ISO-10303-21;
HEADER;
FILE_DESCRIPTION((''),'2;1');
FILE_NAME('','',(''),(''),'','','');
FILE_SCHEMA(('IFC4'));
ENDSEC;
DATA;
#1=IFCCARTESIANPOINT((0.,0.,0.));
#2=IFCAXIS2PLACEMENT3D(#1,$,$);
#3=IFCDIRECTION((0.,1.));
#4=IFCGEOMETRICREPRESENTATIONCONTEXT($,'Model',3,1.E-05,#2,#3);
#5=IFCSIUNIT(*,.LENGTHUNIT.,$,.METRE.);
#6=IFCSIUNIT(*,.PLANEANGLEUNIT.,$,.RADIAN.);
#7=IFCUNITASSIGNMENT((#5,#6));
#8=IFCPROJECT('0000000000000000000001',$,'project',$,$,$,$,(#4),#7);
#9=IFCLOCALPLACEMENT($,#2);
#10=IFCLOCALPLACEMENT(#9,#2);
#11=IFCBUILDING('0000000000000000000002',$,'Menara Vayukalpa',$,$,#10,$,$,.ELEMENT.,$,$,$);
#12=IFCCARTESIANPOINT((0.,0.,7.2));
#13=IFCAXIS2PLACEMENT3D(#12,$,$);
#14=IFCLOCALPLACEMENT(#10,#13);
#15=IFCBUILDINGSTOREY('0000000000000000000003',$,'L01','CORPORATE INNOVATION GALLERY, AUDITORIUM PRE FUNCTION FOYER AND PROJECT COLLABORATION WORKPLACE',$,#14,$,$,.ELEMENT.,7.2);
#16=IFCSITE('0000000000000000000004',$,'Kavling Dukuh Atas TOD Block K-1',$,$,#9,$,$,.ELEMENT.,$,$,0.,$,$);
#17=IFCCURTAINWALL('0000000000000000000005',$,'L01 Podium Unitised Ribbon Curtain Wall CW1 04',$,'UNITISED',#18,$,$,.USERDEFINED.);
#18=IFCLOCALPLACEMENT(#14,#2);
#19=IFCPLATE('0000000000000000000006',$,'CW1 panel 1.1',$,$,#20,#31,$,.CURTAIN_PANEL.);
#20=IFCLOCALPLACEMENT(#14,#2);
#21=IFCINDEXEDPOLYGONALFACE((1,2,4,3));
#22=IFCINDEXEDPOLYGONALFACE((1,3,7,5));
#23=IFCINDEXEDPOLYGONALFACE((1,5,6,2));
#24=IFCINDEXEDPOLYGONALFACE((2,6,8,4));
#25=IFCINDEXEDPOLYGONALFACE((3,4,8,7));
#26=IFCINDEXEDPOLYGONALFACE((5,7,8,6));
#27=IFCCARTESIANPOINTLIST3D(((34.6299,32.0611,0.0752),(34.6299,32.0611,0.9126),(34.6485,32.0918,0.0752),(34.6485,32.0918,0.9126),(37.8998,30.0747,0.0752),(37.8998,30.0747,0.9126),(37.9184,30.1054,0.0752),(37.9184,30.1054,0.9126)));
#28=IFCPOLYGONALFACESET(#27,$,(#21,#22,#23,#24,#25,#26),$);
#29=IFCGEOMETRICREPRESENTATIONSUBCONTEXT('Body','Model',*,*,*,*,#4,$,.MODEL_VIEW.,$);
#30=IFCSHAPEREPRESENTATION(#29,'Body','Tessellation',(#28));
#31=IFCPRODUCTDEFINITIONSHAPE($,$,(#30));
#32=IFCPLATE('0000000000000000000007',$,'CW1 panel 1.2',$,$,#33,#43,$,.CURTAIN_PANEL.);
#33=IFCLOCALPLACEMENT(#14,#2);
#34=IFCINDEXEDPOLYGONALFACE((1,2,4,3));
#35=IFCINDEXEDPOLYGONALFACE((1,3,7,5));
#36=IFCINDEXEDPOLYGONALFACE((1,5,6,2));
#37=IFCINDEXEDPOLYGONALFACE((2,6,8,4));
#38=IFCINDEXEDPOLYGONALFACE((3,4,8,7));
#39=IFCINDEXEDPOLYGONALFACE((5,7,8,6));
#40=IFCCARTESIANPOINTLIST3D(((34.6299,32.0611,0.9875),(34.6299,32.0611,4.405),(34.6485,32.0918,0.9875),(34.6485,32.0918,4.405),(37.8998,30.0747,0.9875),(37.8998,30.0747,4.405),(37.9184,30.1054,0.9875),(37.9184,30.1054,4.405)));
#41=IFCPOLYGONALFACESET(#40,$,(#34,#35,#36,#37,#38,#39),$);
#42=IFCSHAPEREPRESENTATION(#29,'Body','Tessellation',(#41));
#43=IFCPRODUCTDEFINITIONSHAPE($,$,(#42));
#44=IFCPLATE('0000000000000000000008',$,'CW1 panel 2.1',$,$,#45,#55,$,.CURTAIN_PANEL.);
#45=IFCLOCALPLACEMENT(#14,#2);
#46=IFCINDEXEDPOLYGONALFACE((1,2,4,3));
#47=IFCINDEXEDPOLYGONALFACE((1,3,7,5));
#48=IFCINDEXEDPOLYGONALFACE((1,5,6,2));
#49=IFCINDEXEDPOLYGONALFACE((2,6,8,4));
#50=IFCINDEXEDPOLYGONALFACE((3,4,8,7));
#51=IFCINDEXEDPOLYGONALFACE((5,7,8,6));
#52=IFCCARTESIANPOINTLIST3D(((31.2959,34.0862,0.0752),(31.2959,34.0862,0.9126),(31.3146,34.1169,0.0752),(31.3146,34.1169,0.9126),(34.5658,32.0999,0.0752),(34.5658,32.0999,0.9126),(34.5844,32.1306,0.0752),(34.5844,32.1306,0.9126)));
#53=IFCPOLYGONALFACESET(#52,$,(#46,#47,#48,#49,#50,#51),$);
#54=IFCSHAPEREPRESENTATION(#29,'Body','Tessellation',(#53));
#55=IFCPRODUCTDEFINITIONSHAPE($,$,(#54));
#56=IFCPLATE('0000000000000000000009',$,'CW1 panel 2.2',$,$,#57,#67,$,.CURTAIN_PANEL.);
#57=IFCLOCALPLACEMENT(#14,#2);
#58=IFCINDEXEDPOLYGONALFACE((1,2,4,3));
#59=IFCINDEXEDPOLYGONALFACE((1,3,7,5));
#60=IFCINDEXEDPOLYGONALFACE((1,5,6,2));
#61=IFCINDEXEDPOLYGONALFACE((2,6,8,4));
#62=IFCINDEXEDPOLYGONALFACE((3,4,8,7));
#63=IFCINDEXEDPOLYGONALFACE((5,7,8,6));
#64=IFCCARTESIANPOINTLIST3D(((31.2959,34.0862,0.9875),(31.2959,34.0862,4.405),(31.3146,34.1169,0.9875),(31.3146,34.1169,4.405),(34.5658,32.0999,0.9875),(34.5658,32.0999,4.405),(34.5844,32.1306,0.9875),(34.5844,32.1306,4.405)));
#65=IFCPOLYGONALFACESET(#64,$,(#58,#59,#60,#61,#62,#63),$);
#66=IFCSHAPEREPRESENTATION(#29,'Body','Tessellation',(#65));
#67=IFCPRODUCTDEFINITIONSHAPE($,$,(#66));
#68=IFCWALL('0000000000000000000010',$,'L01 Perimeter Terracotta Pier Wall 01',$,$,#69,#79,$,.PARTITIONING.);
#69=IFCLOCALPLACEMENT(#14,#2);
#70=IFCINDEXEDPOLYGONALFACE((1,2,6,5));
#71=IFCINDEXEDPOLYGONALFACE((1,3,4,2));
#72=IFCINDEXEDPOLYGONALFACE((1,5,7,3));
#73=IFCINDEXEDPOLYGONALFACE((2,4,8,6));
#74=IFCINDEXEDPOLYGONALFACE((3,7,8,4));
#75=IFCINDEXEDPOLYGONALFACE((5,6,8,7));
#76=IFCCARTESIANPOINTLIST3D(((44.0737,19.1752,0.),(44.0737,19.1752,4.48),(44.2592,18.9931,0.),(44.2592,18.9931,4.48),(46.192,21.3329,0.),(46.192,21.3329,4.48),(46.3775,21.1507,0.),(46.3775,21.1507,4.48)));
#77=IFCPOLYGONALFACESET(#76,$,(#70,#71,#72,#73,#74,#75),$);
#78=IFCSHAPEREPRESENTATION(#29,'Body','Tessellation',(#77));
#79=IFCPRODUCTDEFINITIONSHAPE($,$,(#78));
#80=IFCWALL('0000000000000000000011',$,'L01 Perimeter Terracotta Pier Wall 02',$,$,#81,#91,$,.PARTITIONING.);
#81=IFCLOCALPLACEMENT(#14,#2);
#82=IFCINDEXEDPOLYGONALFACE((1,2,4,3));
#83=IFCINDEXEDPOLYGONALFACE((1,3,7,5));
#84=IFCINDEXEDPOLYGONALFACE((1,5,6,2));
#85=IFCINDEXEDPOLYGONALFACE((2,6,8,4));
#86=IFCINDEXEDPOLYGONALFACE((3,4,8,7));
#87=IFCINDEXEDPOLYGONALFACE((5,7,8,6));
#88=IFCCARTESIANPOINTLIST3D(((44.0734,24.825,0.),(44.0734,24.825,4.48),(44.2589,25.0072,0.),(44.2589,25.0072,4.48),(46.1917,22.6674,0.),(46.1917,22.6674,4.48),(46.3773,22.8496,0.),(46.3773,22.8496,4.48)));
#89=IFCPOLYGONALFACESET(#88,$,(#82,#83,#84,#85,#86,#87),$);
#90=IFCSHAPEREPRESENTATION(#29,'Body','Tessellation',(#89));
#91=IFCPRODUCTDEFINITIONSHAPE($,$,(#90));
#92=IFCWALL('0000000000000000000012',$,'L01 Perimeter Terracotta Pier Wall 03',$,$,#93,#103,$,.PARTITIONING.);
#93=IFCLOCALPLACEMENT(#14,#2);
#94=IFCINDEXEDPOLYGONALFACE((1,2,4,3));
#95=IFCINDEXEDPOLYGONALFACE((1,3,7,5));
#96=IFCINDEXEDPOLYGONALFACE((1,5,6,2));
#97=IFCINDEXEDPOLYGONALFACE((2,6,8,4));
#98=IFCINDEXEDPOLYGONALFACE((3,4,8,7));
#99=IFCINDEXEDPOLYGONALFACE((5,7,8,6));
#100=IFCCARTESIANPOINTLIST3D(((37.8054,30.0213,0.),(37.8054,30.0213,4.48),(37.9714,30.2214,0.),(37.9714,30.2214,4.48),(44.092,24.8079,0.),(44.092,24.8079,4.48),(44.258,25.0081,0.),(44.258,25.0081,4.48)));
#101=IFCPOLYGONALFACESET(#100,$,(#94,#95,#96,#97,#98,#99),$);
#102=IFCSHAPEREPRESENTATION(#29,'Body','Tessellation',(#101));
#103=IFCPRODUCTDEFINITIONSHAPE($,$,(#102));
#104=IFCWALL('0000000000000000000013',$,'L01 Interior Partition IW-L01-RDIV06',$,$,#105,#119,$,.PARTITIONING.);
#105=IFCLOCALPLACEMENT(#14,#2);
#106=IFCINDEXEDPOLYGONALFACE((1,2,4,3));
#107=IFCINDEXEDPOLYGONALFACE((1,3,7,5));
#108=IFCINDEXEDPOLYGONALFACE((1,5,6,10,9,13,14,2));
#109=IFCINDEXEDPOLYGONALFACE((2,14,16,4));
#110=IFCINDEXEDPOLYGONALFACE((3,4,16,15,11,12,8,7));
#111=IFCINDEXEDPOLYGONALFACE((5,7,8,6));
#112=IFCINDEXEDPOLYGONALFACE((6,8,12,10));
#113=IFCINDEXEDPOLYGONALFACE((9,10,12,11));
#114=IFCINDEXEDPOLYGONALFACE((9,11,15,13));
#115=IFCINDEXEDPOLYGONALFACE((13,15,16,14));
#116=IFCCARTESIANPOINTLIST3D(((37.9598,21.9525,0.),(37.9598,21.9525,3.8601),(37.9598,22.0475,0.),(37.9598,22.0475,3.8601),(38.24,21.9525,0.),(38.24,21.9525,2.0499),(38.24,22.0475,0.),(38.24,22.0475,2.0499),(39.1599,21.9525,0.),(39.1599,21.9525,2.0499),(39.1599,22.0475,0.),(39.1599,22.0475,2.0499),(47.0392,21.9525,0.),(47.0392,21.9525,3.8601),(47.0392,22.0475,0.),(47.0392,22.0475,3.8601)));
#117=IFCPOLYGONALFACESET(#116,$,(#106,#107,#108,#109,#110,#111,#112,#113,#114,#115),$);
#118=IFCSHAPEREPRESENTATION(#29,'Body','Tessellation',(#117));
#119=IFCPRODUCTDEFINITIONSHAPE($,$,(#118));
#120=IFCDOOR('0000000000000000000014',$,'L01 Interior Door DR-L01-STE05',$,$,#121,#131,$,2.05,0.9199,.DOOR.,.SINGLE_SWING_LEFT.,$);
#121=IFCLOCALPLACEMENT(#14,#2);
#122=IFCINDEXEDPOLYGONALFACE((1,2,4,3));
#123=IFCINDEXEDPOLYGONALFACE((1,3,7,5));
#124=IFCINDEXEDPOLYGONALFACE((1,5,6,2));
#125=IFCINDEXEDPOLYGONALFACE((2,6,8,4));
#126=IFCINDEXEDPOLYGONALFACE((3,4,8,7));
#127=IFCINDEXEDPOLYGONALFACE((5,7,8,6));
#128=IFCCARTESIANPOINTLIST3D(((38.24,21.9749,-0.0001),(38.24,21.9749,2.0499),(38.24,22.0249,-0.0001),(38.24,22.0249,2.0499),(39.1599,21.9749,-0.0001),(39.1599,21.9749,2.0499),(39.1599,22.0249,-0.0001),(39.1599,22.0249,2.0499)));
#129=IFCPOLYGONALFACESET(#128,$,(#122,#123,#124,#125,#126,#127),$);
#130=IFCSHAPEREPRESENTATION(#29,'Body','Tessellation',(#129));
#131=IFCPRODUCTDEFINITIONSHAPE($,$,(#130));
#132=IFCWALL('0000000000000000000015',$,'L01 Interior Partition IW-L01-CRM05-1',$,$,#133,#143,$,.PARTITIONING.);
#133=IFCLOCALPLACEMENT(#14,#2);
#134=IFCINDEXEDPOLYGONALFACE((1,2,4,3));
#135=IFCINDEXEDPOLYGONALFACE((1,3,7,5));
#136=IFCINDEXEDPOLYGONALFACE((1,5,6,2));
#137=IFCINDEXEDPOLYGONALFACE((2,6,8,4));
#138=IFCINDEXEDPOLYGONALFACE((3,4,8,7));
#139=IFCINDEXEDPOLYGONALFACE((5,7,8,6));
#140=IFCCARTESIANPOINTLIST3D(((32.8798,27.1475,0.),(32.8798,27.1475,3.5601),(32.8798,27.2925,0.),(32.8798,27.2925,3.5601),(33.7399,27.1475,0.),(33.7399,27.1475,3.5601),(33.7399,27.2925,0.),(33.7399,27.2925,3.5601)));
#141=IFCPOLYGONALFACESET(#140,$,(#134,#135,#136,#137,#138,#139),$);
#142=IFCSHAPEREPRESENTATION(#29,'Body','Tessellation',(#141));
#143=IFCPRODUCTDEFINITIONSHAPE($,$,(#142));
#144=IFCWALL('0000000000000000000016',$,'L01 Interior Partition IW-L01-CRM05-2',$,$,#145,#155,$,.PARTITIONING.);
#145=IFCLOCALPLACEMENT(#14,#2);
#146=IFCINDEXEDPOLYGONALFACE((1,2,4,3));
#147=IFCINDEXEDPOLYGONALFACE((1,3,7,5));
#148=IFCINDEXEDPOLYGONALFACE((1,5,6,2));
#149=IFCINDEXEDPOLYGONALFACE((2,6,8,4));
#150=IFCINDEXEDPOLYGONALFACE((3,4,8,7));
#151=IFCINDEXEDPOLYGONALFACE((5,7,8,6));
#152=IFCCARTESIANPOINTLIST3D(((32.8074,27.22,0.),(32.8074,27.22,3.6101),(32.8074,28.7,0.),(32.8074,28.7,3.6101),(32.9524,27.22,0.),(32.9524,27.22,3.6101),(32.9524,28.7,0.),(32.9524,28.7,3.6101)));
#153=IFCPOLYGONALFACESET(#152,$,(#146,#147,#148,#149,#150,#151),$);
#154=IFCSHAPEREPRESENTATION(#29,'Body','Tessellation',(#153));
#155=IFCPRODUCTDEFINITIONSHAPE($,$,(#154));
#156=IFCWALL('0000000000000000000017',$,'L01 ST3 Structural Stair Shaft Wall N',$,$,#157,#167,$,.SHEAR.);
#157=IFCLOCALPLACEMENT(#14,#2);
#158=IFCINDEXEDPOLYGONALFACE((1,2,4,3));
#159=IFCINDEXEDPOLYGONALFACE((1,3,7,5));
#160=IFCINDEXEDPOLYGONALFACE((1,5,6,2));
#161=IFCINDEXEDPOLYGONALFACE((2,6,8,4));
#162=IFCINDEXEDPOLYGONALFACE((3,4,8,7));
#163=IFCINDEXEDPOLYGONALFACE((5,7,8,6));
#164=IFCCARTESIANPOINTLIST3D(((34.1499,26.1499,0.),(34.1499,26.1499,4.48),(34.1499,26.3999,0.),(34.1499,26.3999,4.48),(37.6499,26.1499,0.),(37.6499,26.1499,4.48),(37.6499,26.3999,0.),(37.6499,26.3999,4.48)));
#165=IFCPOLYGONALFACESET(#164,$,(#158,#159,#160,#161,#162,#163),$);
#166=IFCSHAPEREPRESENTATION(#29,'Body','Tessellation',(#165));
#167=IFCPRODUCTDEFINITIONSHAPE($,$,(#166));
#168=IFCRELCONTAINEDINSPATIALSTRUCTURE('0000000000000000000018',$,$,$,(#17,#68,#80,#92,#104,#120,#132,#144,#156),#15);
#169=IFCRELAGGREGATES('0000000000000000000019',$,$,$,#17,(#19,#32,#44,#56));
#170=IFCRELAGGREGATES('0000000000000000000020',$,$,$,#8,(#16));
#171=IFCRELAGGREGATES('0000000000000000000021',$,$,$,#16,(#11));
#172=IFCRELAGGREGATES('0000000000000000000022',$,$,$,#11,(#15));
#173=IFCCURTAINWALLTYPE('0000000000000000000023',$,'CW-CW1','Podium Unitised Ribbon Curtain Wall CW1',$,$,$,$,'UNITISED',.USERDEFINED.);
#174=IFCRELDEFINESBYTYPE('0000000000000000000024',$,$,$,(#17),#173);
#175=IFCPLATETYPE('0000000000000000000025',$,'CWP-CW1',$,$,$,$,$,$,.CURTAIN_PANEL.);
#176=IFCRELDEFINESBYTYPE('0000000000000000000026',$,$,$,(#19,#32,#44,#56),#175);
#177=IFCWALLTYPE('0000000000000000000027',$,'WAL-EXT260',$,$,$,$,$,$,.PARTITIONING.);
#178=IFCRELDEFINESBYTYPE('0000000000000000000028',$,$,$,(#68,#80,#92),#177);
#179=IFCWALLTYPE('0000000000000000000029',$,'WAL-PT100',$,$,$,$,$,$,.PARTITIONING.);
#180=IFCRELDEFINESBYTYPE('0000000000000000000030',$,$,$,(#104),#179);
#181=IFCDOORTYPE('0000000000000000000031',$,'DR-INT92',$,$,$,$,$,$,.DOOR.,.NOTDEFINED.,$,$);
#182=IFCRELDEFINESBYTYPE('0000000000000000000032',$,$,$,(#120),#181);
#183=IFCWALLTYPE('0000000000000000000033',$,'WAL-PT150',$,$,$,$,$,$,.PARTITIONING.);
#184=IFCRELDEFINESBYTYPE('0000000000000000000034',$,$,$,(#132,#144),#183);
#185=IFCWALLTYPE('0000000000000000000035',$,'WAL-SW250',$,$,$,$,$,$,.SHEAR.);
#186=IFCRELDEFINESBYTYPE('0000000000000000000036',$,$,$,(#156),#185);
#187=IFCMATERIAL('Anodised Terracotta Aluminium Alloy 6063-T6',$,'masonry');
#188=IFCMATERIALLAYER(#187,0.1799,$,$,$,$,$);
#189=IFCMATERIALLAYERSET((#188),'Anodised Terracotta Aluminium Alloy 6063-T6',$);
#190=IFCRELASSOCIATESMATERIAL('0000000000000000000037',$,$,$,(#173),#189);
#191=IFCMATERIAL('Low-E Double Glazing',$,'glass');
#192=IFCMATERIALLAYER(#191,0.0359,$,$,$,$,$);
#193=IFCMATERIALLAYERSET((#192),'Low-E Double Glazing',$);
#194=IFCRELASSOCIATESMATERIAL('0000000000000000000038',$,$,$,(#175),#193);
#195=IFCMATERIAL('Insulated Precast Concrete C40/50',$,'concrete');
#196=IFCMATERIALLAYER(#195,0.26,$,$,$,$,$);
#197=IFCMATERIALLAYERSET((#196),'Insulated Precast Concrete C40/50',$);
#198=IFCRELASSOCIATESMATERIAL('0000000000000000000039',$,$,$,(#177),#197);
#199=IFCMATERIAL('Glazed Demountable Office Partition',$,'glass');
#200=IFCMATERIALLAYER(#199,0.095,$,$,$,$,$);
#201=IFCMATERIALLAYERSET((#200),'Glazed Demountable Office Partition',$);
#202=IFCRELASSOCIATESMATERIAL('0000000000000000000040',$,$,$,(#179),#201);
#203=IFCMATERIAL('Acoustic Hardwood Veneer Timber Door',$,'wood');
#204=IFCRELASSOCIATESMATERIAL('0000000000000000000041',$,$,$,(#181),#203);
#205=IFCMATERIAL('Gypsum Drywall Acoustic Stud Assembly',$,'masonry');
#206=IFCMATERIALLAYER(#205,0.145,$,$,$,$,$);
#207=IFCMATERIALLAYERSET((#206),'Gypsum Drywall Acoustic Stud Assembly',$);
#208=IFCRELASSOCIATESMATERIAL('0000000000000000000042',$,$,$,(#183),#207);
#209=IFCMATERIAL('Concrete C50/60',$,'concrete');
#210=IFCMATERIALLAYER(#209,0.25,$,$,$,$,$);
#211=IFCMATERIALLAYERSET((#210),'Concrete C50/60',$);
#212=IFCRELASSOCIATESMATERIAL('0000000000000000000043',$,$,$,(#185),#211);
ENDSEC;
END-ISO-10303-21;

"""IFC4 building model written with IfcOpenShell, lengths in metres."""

from ifc_helpers import new_model, si_unit, direction, frame, frame_2d, origin, origin_2d, place, context, subcontext, project, spatial, rectangle, extrude, material, layer, layer_set, type_object, element, fill, aggregate, save


model = new_model("IFC4")

# Units and contexts
model_context = context("Model", 3, precision=1e-05, world=origin(), true_north=direction((0.0, 1.0)))
body_context = subcontext(model_context, "Body", "Model", "MODEL_VIEW")
ifc_project = project(units=[si_unit("LENGTHUNIT", "METRE"), si_unit("PLANEANGLEUNIT", "RADIAN")], contexts=[model_context])

# Site, building, storey
site_placement = place(None, origin())
site = spatial("IfcSite", under=ifc_project, at=site_placement, Name="Kavling Dukuh Atas TOD Block K-1", CompositionType="ELEMENT", RefElevation=0.0)
building_placement = place(site_placement, origin())
building = spatial("IfcBuilding", under=site, at=building_placement, Name="Menara Vayukalpa", CompositionType="ELEMENT")
storey_placement = place(building_placement, frame((0.0, 0.0, 7.2)))
storey = spatial("IfcBuildingStorey", under=building, at=storey_placement, Name="L01", Description="CORPORATE INNOVATION GALLERY, AUDITORIUM PRE FUNCTION FOYER AND PROJECT COLLABORATION WORKPLACE", CompositionType="ELEMENT", Elevation=7.2)

# Curtain wall, plates
ifc_material_1 = material(Name="Anodised Terracotta Aluminium Alloy 6063-T6", Category="masonry")
ifc_layer_1 = layer(ifc_material_1, 0.1799)
ifc_layer_set_1 = layer_set([ifc_layer_1], Name="Anodised Terracotta Aluminium Alloy 6063-T6")
curtain_wall_type = type_object("IfcCurtainWallType", Name="CW-CW1", Description="Podium Unitised Ribbon Curtain Wall CW1", ElementType="UNITISED", PredefinedType="USERDEFINED", material=ifc_layer_set_1)
curtain_wall_placement = place(storey_placement, origin())
curtain_wall = element("IfcCurtainWall", 1, at=curtain_wall_placement, inside=storey, type_object=curtain_wall_type, Name="L01 Podium Unitised Ribbon Curtain Wall CW1 04", ObjectType="UNITISED", PredefinedType="USERDEFINED")
ifc_material_2 = material(Name="Low-E Double Glazing", Category="glass")
ifc_layer_2 = layer(ifc_material_2, 0.0359)
ifc_layer_set_2 = layer_set([ifc_layer_2], Name="Low-E Double Glazing")
plate_type = type_object("IfcPlateType", Name="CWP-CW1", PredefinedType="CURTAIN_PANEL", material=ifc_layer_set_2)
plate_1_placement = place(storey_placement, frame((36.2742, 31.0833, 0.0752), z_axis=(0.0, 0.0, 1.0), x_axis=(-0.854665, 0.51918, 0.0)))
plate_1 = element("IfcPlate", 2, at=plate_1_placement, type_object=plate_type, Name="CW1 panel 1.1", PredefinedType="CURTAIN_PANEL", context=body_context, shape_type="SweptSolid", body=[
    extrude(rectangle(XDim=3.8259, YDim=0.0359, at=origin_2d()), origin(), (0.0, 0.0, 1.0), 0.8374),
])
plate_2_placement = place(storey_placement, frame((36.2742, 31.0833, 0.9875), z_axis=(0.0, 0.0, 1.0), x_axis=(-0.854665, 0.51918, 0.0)))
plate_2 = element("IfcPlate", 3, at=plate_2_placement, type_object=plate_type, Name="CW1 panel 1.2", PredefinedType="CURTAIN_PANEL", context=body_context, shape_type="SweptSolid", body=[
    extrude(rectangle(XDim=3.8259, YDim=0.0359, at=origin_2d()), origin(), (0.0, 0.0, 1.0), 3.4175),
])
plate_3_placement = place(storey_placement, frame((32.9402, 33.1084, 0.0752), z_axis=(0.0, 0.0, 1.0), x_axis=(-0.854665, 0.51918, 0.0)))
plate_3 = element("IfcPlate", 4, at=plate_3_placement, type_object=plate_type, Name="CW1 panel 2.1", PredefinedType="CURTAIN_PANEL", context=body_context, shape_type="SweptSolid", body=[
    extrude(rectangle(XDim=3.8259, YDim=0.0359, at=origin_2d()), origin(), (0.0, 0.0, 1.0), 0.8374),
])
plate_4_placement = place(storey_placement, frame((32.9402, 33.1084, 0.9875), z_axis=(0.0, 0.0, 1.0), x_axis=(-0.854665, 0.51918, 0.0)))
plate_4 = element("IfcPlate", 5, at=plate_4_placement, type_object=plate_type, Name="CW1 panel 2.2", PredefinedType="CURTAIN_PANEL", context=body_context, shape_type="SweptSolid", body=[
    extrude(rectangle(XDim=3.8259, YDim=0.0359, at=origin_2d()), origin(), (0.0, 0.0, 1.0), 3.4175),
])
aggregate(curtain_wall, [plate_1, plate_2, plate_3, plate_4])

# Walls
ifc_material_3 = material(Name="Insulated Precast Concrete C40/50", Category="concrete")
ifc_layer_3 = layer(ifc_material_3, 0.26)
ifc_layer_set_3 = layer_set([ifc_layer_3], Name="Insulated Precast Concrete C40/50")
wall_type_1 = type_object("IfcWallType", Name="WAL-EXT260", PredefinedType="PARTITIONING", material=ifc_layer_set_3)
for number, where, z_axis, x_axis, name in (
    (6, (46.2847, 21.2417, 0.0), (0.0, 0.0, 1.0), (-0.700577, -0.713576, 0.0), "L01 Perimeter Terracotta Pier Wall 01"),
    (7, (44.1663, 24.916, 0.0), (0.0, 0.0, 1.0), (0.700577, -0.713576, 0.0), "L01 Perimeter Terracotta Pier Wall 02"),
):
    element("IfcWall", number, at=place(storey_placement, frame(where, z_axis=z_axis, x_axis=x_axis)), inside=storey, type_object=wall_type_1, Name=name, PredefinedType="PARTITIONING", context=body_context, shape_type="SweptSolid", body=[
        extrude(rectangle(XDim=3.0237, YDim=0.26, at=frame_2d((1.5117, 0.0))), origin(), (0.0, 0.0, 1.0), 4.48),
    ])
wall_1_placement = place(storey_placement, frame((37.8884, 30.1213, 0.0), z_axis=(0.0, 0.0, 1.0), x_axis=(0.769753, -0.638342, 0.0)))
element("IfcWall", 8, at=wall_1_placement, inside=storey, type_object=wall_type_1, Name="L01 Perimeter Terracotta Pier Wall 03", PredefinedType="PARTITIONING", context=body_context, shape_type="SweptSolid", body=[
    extrude(rectangle(XDim=8.167, YDim=0.26, at=frame_2d((4.0835, 0.0))), origin(), (0.0, 0.0, 1.0), 4.48),
])

# Wall, opening, door
ifc_material_4 = material(Name="Glazed Demountable Office Partition", Category="glass")
ifc_layer_4 = layer(ifc_material_4, 0.095)
ifc_layer_set_4 = layer_set([ifc_layer_4], Name="Glazed Demountable Office Partition")
wall_type_2 = type_object("IfcWallType", Name="WAL-PT100", PredefinedType="PARTITIONING", material=ifc_layer_set_4)
wall_2_placement = place(storey_placement, frame((37.96, 22.0, 0.0), z_axis=(0.0, 0.0, 1.0), x_axis=(1.0, 0.0, 0.0)))
wall_2 = element("IfcWall", 9, at=wall_2_placement, inside=storey, type_object=wall_type_2, Name="L01 Interior Partition IW-L01-RDIV06", PredefinedType="PARTITIONING", context=body_context, shape_type="SweptSolid", body=[
    extrude(rectangle(XDim=9.0793, YDim=0.095, at=frame_2d((4.5396, 0.0))), origin(), (0.0, 0.0, 1.0), 3.8601),
])
opening_placement = place(wall_2_placement, frame((0.28, 0.0, 0.0)))
opening = element("IfcOpeningElement", 10, at=opening_placement, cuts=wall_2, PredefinedType="OPENING", context=body_context, shape_type="SweptSolid", body=[
    extrude(rectangle(XDim=0.9199, YDim=2.05, at=frame_2d((0.46, 1.0249))), frame((0.0, 0.0574, 0.0), z_axis=(0.0, -1.0, 0.0), x_axis=(1.0, 0.0, 0.0)), (0.0, 0.0, 1.0), 0.115),
])
ifc_material_5 = material(Name="Acoustic Hardwood Veneer Timber Door", Category="wood")
door_type = type_object("IfcDoorType", Name="DR-INT92", OperationType="NOTDEFINED", PredefinedType="DOOR", material=ifc_material_5)
door_placement = place(opening_placement, origin())
door = element("IfcDoor", 11, at=door_placement, inside=storey, type_object=door_type, Name="L01 Interior Door DR-L01-STE05", OperationType="SINGLE_SWING_LEFT", OverallHeight=2.05, OverallWidth=0.9199, PredefinedType="DOOR", context=body_context, shape_type="SweptSolid", body=[
    extrude(rectangle(XDim=0.9199, YDim=2.05, at=frame_2d((0.46, 1.0249))), frame((0.0, 0.0249, 0.0), z_axis=(0.0, -1.0, 0.0), x_axis=(1.0, 0.0, 0.0)), (0.0, 0.0, 1.0), 0.05),
])
fill(opening, door)

# Walls
ifc_material_6 = material(Name="Gypsum Drywall Acoustic Stud Assembly", Category="masonry")
ifc_layer_5 = layer(ifc_material_6, 0.145)
ifc_layer_set_5 = layer_set([ifc_layer_5], Name="Gypsum Drywall Acoustic Stud Assembly")
wall_type_3 = type_object("IfcWallType", Name="WAL-PT150", PredefinedType="PARTITIONING", material=ifc_layer_set_5)
wall_3_placement = place(storey_placement, frame((33.74, 27.22, 0.0), z_axis=(0.0, 0.0, 1.0), x_axis=(-1.0, 0.0, 0.0)))
element("IfcWall", 12, at=wall_3_placement, inside=storey, type_object=wall_type_3, Name="L01 Interior Partition IW-L01-CRM05-1", PredefinedType="PARTITIONING", context=body_context, shape_type="SweptSolid", body=[
    extrude(rectangle(XDim=0.8601, YDim=0.145, at=frame_2d((0.4302, 0.0))), origin(), (0.0, 0.0, 1.0), 3.5601),
])
wall_4_placement = place(storey_placement, frame((32.8799, 27.22, 0.0), z_axis=(0.0, 0.0, 1.0), x_axis=(0.0, 1.0, 0.0)))
element("IfcWall", 13, at=wall_4_placement, inside=storey, type_object=wall_type_3, Name="L01 Interior Partition IW-L01-CRM05-2", PredefinedType="PARTITIONING", context=body_context, shape_type="SweptSolid", body=[
    extrude(rectangle(XDim=1.48, YDim=0.145, at=frame_2d((0.74, 0.0))), origin(), (0.0, 0.0, 1.0), 3.6101),
])
ifc_material_7 = material(Name="Concrete C50/60", Category="concrete")
ifc_layer_6 = layer(ifc_material_7, 0.25)
ifc_layer_set_6 = layer_set([ifc_layer_6], Name="Concrete C50/60")
wall_type_4 = type_object("IfcWallType", Name="WAL-SW250", PredefinedType="SHEAR", material=ifc_layer_set_6)
wall_5_placement = place(storey_placement, frame((34.1499, 26.2749, 0.0), z_axis=(0.0, 0.0, 1.0), x_axis=(1.0, 0.0, 0.0)))
element("IfcWall", 14, at=wall_5_placement, inside=storey, type_object=wall_type_4, Name="L01 ST3 Structural Stair Shaft Wall N", PredefinedType="SHEAR", context=body_context, shape_type="SweptSolid", body=[
    extrude(rectangle(XDim=3.5, YDim=0.25, at=frame_2d((1.75, 0.0))), origin(), (0.0, 0.0, 1.0), 4.48),
])

save(model, "model.ifc")
